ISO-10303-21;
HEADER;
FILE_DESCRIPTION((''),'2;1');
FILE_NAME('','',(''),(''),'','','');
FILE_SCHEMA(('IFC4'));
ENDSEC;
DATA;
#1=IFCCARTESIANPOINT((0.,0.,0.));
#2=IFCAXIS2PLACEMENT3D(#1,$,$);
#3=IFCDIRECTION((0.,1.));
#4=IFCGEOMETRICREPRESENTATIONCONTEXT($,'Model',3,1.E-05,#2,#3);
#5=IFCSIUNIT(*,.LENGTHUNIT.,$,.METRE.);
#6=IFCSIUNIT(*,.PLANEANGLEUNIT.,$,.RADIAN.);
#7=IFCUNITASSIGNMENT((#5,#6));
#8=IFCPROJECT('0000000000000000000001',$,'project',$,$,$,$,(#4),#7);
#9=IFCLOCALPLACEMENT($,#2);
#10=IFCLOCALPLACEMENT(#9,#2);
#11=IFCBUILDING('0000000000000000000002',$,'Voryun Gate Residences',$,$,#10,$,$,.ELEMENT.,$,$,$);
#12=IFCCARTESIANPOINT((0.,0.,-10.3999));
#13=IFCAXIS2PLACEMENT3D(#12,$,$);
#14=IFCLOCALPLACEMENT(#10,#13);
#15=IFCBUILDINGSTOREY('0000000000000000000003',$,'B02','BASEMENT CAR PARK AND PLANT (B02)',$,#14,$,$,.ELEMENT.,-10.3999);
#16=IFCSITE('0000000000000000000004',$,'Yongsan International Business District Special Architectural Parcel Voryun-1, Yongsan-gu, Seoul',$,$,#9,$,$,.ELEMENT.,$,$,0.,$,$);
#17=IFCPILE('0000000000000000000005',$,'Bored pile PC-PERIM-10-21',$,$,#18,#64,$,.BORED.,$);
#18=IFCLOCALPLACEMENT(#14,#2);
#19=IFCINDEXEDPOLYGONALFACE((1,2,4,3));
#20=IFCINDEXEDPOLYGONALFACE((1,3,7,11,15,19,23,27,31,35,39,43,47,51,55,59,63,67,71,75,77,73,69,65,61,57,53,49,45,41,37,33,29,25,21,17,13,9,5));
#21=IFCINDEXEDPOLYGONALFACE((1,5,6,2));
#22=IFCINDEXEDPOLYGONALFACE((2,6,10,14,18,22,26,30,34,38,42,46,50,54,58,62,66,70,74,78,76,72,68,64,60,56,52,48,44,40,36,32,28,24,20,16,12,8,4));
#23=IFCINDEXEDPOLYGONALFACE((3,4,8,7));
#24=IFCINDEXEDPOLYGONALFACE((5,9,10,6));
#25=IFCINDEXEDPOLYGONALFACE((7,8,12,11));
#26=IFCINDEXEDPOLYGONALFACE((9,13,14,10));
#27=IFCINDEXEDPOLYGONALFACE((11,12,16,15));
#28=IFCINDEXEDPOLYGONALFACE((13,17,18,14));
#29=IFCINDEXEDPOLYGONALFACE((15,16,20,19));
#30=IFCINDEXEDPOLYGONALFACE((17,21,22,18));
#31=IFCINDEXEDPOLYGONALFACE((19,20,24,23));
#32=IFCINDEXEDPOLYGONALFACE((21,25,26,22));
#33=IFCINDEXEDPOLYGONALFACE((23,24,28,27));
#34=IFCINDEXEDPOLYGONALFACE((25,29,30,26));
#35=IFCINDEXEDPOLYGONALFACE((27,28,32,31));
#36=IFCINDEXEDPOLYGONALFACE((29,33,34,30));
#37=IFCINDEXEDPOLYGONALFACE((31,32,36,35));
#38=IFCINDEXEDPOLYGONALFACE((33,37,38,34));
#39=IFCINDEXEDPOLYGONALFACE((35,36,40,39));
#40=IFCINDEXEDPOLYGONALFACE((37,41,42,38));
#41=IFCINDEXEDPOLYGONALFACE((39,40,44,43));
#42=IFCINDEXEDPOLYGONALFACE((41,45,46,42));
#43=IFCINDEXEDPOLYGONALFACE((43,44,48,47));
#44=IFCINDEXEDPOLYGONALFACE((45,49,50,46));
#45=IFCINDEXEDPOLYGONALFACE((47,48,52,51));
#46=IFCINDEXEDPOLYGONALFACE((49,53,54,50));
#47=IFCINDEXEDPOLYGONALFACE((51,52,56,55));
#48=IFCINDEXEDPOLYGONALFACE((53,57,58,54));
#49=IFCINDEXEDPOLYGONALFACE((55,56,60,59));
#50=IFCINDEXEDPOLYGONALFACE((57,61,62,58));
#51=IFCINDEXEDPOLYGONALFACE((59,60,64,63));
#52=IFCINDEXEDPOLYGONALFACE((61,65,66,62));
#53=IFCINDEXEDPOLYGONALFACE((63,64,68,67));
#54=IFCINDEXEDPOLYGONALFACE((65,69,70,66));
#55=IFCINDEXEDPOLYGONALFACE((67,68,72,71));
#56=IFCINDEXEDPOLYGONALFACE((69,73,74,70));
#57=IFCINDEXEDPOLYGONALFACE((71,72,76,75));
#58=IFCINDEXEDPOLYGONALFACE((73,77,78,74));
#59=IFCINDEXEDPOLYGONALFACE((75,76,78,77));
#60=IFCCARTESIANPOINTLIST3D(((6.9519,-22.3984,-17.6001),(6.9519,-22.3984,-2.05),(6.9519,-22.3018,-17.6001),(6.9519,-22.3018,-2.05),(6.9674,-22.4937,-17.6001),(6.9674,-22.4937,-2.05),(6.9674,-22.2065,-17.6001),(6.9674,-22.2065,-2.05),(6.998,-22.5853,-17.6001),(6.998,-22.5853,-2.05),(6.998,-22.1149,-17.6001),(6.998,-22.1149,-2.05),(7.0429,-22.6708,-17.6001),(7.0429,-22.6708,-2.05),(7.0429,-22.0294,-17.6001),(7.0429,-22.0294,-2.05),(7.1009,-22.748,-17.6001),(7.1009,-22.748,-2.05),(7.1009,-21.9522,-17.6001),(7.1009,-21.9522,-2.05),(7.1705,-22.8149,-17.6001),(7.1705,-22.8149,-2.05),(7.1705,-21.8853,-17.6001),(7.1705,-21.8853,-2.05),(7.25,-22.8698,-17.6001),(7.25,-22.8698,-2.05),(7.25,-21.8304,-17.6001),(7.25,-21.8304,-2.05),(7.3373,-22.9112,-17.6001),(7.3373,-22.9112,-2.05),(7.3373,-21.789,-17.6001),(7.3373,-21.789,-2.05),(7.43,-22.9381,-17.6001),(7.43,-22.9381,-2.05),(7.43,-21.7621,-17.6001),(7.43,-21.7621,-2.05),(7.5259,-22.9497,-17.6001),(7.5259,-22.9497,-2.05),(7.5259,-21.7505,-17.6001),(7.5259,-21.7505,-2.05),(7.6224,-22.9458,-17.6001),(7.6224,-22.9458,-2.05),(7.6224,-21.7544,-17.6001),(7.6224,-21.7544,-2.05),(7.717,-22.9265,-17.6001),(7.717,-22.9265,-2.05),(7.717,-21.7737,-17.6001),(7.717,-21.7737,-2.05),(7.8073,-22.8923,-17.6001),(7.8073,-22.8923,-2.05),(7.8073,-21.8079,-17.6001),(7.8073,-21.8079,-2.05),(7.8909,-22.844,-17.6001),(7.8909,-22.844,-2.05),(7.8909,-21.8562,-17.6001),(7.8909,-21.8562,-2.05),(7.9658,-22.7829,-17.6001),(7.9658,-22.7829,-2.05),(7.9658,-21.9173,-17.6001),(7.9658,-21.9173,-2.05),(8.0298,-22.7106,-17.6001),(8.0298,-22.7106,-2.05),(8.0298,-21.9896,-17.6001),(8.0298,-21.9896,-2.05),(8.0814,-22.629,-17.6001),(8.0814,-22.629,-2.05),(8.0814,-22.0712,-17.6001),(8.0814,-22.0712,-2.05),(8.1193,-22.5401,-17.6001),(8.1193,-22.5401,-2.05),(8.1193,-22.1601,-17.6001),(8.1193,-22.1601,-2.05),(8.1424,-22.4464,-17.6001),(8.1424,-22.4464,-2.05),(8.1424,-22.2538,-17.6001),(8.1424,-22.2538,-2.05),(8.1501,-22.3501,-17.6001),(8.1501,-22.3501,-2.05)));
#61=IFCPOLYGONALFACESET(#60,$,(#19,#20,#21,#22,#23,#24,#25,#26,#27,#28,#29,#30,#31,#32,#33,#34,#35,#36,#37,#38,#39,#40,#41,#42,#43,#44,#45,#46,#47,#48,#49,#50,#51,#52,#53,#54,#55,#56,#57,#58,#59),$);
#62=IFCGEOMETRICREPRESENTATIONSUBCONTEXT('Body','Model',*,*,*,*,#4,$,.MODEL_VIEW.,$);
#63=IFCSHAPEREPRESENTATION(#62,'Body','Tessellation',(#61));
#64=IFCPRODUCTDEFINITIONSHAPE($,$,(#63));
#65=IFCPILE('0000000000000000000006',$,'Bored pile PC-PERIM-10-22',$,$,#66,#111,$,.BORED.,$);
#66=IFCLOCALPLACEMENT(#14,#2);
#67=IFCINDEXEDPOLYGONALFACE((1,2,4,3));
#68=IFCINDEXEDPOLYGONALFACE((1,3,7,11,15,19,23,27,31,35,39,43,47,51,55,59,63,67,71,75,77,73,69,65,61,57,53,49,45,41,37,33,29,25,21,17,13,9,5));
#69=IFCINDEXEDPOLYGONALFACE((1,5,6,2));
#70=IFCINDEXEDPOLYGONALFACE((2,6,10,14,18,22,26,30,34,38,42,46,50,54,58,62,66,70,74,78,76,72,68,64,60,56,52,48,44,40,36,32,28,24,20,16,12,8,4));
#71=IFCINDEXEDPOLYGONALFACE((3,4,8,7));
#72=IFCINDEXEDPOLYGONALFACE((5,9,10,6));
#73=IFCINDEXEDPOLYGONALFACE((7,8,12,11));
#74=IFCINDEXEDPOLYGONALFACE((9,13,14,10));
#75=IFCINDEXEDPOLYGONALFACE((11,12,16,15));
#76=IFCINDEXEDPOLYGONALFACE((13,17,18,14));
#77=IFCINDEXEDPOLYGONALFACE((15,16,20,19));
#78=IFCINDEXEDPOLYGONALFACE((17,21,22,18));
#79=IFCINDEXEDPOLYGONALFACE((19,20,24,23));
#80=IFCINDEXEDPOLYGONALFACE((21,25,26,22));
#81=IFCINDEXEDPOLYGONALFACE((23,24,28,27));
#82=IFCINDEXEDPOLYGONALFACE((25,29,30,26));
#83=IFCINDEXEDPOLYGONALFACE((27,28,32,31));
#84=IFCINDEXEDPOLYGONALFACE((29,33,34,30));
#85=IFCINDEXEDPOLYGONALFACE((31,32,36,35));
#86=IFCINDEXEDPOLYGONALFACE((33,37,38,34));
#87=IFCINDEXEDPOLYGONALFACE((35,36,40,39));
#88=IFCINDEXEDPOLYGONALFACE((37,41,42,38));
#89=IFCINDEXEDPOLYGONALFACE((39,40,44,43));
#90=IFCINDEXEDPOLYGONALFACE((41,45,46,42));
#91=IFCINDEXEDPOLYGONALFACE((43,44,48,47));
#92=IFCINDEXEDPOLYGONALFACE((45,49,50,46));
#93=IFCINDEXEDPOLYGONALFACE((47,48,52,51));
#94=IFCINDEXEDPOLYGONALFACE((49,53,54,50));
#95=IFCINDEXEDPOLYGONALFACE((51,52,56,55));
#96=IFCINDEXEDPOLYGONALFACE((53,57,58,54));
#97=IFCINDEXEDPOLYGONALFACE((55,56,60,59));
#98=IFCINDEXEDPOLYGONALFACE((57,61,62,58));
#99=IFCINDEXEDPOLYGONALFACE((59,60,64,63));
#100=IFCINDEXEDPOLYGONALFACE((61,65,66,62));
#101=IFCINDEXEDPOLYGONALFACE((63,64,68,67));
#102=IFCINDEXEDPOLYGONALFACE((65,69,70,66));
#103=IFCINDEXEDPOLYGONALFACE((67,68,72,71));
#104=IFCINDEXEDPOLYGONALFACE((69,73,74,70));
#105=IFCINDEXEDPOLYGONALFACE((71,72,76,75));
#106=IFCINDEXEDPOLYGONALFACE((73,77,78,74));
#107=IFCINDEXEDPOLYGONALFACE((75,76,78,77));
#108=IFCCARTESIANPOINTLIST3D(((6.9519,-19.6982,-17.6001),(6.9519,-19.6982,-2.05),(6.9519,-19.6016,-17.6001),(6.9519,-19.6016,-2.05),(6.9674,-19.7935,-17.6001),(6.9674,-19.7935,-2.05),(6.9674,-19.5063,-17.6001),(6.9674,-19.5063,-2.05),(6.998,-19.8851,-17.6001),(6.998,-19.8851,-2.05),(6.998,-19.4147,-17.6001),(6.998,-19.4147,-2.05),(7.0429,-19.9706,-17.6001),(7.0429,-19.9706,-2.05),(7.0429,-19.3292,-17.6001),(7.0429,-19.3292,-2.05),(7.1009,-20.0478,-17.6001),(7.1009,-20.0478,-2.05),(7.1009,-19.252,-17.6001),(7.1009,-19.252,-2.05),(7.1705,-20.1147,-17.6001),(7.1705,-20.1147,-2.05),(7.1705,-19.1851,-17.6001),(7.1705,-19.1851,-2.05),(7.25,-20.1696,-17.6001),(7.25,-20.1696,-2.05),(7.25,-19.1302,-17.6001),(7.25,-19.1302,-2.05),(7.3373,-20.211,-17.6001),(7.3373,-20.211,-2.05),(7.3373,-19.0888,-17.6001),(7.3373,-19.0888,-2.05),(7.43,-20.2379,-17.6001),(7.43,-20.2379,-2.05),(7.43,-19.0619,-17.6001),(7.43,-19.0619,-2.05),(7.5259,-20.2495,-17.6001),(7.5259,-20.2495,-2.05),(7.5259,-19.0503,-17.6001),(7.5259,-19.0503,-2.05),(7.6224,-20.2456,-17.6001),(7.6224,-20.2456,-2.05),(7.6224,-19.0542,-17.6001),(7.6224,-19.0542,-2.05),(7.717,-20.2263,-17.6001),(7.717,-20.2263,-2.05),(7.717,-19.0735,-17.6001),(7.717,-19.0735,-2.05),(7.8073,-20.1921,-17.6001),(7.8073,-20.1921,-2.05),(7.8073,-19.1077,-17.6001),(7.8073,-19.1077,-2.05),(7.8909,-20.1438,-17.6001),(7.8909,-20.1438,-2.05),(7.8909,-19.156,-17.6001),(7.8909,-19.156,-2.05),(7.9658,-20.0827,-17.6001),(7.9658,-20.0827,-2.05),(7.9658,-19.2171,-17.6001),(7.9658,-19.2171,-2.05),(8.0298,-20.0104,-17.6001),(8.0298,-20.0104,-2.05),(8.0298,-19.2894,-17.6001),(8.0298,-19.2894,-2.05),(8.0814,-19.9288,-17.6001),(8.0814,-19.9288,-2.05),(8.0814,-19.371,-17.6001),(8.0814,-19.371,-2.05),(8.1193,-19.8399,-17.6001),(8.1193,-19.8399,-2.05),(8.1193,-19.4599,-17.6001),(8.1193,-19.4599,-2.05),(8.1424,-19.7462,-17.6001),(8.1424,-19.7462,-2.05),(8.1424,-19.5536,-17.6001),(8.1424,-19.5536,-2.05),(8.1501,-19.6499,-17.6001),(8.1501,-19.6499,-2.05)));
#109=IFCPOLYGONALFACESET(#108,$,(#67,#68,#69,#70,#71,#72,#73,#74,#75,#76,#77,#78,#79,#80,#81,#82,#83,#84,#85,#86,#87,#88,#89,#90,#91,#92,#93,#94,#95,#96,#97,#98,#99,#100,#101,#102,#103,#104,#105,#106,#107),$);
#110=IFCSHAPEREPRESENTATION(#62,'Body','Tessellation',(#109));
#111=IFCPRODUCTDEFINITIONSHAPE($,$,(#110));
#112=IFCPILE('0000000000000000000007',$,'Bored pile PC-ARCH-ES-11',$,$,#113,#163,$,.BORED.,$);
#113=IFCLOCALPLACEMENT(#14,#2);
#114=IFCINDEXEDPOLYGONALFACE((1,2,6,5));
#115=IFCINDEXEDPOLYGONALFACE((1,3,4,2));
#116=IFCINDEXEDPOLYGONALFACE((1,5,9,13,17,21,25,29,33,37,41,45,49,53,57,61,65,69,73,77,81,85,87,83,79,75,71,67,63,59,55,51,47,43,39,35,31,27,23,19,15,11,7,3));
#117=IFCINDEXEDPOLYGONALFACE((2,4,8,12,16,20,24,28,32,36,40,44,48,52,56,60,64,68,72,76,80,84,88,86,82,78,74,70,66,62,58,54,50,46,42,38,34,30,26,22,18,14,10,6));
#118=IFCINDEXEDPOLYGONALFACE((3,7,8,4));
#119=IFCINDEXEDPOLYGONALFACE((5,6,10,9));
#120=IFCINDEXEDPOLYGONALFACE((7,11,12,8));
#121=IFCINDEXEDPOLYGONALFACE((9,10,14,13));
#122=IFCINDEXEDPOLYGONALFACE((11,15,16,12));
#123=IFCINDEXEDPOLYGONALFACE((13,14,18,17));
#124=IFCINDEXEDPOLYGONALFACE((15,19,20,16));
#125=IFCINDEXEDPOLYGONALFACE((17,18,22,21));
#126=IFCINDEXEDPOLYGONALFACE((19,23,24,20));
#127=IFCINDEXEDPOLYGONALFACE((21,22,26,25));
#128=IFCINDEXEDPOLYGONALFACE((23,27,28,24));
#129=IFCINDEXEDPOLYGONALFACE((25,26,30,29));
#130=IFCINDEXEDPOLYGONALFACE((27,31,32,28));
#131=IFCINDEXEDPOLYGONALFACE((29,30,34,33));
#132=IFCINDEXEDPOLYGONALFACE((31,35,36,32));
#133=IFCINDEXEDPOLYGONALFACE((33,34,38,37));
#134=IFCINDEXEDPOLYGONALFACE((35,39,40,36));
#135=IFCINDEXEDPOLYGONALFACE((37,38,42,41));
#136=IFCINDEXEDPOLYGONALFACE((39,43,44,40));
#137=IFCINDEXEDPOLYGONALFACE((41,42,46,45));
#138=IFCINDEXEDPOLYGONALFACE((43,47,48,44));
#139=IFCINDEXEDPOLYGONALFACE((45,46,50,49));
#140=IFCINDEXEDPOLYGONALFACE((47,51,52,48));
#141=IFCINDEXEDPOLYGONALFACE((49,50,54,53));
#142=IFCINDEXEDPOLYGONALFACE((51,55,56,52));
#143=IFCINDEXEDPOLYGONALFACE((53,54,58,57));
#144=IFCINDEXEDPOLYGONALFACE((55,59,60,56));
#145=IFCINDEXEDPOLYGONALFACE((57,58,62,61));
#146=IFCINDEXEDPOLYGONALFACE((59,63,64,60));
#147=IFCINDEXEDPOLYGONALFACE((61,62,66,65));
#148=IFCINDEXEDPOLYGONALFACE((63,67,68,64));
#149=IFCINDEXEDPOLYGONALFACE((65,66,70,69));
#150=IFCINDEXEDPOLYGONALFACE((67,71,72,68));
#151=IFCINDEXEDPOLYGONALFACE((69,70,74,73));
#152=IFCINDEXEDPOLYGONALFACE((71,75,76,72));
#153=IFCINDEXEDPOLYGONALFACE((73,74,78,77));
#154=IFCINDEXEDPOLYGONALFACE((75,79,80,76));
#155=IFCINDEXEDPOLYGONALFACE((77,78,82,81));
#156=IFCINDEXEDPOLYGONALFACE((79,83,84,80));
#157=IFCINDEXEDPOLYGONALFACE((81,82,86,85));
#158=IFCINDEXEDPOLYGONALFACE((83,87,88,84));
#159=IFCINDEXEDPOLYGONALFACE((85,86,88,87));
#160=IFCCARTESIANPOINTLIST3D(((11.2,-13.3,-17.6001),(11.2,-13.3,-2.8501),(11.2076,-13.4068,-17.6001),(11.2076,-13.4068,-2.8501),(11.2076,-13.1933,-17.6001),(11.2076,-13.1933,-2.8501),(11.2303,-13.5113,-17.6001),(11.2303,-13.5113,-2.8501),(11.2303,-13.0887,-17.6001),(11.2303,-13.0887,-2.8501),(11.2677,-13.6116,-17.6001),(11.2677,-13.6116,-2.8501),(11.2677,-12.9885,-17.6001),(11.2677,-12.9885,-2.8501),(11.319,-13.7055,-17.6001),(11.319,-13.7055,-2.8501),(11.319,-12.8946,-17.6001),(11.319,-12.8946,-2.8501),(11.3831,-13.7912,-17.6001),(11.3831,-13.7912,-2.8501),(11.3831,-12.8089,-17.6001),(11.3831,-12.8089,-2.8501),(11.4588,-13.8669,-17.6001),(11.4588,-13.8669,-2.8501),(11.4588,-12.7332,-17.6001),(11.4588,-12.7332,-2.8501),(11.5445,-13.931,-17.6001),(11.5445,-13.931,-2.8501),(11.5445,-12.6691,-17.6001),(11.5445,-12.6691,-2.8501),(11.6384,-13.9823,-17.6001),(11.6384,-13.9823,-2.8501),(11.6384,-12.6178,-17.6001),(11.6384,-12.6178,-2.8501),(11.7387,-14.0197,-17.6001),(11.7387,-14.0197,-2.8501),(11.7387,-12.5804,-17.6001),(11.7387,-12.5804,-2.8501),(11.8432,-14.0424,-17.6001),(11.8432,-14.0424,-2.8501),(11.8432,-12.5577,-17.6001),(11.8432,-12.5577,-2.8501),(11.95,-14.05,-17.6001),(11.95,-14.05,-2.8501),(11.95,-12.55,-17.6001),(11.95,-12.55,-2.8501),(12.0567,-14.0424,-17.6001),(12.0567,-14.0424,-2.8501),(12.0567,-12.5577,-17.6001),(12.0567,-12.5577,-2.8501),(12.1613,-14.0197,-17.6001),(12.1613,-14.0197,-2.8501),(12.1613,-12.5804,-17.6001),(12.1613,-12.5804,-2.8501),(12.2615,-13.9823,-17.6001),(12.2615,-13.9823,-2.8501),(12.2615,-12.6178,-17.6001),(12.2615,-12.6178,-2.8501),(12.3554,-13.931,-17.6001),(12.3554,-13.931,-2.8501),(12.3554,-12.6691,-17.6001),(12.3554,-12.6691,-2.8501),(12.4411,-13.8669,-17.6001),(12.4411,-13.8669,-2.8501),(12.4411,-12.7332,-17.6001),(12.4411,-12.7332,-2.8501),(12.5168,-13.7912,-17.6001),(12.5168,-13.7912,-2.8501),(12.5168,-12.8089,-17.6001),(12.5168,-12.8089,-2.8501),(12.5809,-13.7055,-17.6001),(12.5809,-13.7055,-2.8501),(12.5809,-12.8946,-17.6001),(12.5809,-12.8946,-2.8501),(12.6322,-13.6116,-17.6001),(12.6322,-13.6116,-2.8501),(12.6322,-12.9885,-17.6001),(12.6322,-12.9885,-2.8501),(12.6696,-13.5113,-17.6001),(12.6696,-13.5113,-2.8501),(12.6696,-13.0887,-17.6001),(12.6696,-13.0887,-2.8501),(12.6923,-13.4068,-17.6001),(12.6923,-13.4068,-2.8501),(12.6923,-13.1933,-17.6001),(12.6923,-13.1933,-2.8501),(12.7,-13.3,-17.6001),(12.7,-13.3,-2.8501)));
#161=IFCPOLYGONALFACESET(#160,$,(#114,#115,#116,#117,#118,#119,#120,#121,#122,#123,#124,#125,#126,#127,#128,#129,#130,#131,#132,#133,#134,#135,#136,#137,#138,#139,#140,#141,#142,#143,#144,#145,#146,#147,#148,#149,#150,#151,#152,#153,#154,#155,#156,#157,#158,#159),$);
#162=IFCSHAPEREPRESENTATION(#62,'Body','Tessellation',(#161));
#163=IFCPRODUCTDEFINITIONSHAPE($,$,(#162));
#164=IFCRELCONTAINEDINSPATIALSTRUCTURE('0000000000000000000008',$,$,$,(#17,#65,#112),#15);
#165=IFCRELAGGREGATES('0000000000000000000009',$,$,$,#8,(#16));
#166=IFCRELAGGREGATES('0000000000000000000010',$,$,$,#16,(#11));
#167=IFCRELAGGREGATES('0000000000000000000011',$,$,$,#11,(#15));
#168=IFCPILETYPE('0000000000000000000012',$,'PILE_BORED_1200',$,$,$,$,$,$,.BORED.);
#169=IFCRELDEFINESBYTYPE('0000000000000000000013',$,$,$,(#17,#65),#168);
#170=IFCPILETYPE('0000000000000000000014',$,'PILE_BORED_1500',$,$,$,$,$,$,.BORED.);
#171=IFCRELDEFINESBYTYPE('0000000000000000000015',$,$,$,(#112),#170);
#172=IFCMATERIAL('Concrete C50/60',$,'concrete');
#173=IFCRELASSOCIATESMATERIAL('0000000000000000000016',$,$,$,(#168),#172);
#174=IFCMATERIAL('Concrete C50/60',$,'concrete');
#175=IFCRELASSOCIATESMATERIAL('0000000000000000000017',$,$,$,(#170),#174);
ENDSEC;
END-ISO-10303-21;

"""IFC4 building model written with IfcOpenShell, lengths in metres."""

from ifc_helpers import new_model, si_unit, direction, frame, origin, origin_2d, place, context, subcontext, project, spatial, circle, extrude, material, material_profile, profile_set, type_object, element, save


model = new_model("IFC4")

# Units and contexts
model_context = context("Model", 3, precision=1e-05, world=origin(), true_north=direction((0.0, 1.0)))
body_context = subcontext(model_context, "Body", "Model", "MODEL_VIEW")
ifc_project = project(units=[si_unit("LENGTHUNIT", "METRE"), si_unit("PLANEANGLEUNIT", "RADIAN")], contexts=[model_context])

# Site, building, storey
site_placement = place(None, origin())
site = spatial("IfcSite", under=ifc_project, at=site_placement, Name="Yongsan International Business District Special Architectural Parcel Voryun-1, Yongsan-gu, Seoul", CompositionType="ELEMENT", RefElevation=0.0)
building_placement = place(site_placement, origin())
building = spatial("IfcBuilding", under=site, at=building_placement, Name="Voryun Gate Residences", CompositionType="ELEMENT")
storey_placement = place(building_placement, frame((0.0, 0.0, -10.3999)))
storey = spatial("IfcBuildingStorey", under=building, at=storey_placement, Name="B02", Description="BASEMENT CAR PARK AND PLANT (B02)", CompositionType="ELEMENT", Elevation=-10.3999)

# Piles
ifc_material_1 = material(Name="Concrete C50/60", Category="concrete")
ifc_material_profile_1 = material_profile(ifc_material_1, circle(Radius=0.6001, at=origin_2d()), Name="PILE-D1200")
ifc_profile_set_1 = profile_set([ifc_material_profile_1], Name="Concrete C50/60")
pile_type_1 = type_object("IfcPileType", Name="PILE_BORED_1200", PredefinedType="BORED", material=ifc_profile_set_1)
for number, where, z_axis, x_axis, name in (
    (1, (7.55, -22.3501, -2.05), (0.0, 0.0, -1.0), (1.0, 0.0, 0.0), "Bored pile PC-PERIM-10-21"),
    (2, (7.55, -19.6499, -2.05), (0.0, 0.0, -1.0), (1.0, 0.0, 0.0), "Bored pile PC-PERIM-10-22"),
):
    element("IfcPile", number, at=place(storey_placement, frame(where, z_axis=z_axis, x_axis=x_axis)), inside=storey, type_object=pile_type_1, Name=name, PredefinedType="BORED", context=body_context, shape_type="SweptSolid", body=[
        extrude(circle(Radius=0.6001, at=origin_2d()), origin(), (0.0, 0.0, 1.0), 15.55),
    ])
ifc_material_2 = material(Name="Concrete C50/60", Category="concrete")
ifc_material_profile_2 = material_profile(ifc_material_2, circle(Radius=0.75, at=origin_2d()), Name="PILE-D1500")
ifc_profile_set_2 = profile_set([ifc_material_profile_2], Name="Concrete C50/60")
pile_type_2 = type_object("IfcPileType", Name="PILE_BORED_1500", PredefinedType="BORED", material=ifc_profile_set_2)
for number, where, z_axis, x_axis, name in (
    (3, (11.95, -13.3, -2.8501), (0.0, 0.0, -1.0), (1.0, 0.0, 0.0), "Bored pile PC-ARCH-ES-11"),
):
    element("IfcPile", number, at=place(storey_placement, frame(where, z_axis=z_axis, x_axis=x_axis)), inside=storey, type_object=pile_type_2, Name=name, PredefinedType="BORED", context=body_context, shape_type="SweptSolid", body=[
        extrude(circle(Radius=0.75, at=origin_2d()), origin(), (0.0, 0.0, 1.0), 14.75),
    ])

save(model, "model.ifc")
